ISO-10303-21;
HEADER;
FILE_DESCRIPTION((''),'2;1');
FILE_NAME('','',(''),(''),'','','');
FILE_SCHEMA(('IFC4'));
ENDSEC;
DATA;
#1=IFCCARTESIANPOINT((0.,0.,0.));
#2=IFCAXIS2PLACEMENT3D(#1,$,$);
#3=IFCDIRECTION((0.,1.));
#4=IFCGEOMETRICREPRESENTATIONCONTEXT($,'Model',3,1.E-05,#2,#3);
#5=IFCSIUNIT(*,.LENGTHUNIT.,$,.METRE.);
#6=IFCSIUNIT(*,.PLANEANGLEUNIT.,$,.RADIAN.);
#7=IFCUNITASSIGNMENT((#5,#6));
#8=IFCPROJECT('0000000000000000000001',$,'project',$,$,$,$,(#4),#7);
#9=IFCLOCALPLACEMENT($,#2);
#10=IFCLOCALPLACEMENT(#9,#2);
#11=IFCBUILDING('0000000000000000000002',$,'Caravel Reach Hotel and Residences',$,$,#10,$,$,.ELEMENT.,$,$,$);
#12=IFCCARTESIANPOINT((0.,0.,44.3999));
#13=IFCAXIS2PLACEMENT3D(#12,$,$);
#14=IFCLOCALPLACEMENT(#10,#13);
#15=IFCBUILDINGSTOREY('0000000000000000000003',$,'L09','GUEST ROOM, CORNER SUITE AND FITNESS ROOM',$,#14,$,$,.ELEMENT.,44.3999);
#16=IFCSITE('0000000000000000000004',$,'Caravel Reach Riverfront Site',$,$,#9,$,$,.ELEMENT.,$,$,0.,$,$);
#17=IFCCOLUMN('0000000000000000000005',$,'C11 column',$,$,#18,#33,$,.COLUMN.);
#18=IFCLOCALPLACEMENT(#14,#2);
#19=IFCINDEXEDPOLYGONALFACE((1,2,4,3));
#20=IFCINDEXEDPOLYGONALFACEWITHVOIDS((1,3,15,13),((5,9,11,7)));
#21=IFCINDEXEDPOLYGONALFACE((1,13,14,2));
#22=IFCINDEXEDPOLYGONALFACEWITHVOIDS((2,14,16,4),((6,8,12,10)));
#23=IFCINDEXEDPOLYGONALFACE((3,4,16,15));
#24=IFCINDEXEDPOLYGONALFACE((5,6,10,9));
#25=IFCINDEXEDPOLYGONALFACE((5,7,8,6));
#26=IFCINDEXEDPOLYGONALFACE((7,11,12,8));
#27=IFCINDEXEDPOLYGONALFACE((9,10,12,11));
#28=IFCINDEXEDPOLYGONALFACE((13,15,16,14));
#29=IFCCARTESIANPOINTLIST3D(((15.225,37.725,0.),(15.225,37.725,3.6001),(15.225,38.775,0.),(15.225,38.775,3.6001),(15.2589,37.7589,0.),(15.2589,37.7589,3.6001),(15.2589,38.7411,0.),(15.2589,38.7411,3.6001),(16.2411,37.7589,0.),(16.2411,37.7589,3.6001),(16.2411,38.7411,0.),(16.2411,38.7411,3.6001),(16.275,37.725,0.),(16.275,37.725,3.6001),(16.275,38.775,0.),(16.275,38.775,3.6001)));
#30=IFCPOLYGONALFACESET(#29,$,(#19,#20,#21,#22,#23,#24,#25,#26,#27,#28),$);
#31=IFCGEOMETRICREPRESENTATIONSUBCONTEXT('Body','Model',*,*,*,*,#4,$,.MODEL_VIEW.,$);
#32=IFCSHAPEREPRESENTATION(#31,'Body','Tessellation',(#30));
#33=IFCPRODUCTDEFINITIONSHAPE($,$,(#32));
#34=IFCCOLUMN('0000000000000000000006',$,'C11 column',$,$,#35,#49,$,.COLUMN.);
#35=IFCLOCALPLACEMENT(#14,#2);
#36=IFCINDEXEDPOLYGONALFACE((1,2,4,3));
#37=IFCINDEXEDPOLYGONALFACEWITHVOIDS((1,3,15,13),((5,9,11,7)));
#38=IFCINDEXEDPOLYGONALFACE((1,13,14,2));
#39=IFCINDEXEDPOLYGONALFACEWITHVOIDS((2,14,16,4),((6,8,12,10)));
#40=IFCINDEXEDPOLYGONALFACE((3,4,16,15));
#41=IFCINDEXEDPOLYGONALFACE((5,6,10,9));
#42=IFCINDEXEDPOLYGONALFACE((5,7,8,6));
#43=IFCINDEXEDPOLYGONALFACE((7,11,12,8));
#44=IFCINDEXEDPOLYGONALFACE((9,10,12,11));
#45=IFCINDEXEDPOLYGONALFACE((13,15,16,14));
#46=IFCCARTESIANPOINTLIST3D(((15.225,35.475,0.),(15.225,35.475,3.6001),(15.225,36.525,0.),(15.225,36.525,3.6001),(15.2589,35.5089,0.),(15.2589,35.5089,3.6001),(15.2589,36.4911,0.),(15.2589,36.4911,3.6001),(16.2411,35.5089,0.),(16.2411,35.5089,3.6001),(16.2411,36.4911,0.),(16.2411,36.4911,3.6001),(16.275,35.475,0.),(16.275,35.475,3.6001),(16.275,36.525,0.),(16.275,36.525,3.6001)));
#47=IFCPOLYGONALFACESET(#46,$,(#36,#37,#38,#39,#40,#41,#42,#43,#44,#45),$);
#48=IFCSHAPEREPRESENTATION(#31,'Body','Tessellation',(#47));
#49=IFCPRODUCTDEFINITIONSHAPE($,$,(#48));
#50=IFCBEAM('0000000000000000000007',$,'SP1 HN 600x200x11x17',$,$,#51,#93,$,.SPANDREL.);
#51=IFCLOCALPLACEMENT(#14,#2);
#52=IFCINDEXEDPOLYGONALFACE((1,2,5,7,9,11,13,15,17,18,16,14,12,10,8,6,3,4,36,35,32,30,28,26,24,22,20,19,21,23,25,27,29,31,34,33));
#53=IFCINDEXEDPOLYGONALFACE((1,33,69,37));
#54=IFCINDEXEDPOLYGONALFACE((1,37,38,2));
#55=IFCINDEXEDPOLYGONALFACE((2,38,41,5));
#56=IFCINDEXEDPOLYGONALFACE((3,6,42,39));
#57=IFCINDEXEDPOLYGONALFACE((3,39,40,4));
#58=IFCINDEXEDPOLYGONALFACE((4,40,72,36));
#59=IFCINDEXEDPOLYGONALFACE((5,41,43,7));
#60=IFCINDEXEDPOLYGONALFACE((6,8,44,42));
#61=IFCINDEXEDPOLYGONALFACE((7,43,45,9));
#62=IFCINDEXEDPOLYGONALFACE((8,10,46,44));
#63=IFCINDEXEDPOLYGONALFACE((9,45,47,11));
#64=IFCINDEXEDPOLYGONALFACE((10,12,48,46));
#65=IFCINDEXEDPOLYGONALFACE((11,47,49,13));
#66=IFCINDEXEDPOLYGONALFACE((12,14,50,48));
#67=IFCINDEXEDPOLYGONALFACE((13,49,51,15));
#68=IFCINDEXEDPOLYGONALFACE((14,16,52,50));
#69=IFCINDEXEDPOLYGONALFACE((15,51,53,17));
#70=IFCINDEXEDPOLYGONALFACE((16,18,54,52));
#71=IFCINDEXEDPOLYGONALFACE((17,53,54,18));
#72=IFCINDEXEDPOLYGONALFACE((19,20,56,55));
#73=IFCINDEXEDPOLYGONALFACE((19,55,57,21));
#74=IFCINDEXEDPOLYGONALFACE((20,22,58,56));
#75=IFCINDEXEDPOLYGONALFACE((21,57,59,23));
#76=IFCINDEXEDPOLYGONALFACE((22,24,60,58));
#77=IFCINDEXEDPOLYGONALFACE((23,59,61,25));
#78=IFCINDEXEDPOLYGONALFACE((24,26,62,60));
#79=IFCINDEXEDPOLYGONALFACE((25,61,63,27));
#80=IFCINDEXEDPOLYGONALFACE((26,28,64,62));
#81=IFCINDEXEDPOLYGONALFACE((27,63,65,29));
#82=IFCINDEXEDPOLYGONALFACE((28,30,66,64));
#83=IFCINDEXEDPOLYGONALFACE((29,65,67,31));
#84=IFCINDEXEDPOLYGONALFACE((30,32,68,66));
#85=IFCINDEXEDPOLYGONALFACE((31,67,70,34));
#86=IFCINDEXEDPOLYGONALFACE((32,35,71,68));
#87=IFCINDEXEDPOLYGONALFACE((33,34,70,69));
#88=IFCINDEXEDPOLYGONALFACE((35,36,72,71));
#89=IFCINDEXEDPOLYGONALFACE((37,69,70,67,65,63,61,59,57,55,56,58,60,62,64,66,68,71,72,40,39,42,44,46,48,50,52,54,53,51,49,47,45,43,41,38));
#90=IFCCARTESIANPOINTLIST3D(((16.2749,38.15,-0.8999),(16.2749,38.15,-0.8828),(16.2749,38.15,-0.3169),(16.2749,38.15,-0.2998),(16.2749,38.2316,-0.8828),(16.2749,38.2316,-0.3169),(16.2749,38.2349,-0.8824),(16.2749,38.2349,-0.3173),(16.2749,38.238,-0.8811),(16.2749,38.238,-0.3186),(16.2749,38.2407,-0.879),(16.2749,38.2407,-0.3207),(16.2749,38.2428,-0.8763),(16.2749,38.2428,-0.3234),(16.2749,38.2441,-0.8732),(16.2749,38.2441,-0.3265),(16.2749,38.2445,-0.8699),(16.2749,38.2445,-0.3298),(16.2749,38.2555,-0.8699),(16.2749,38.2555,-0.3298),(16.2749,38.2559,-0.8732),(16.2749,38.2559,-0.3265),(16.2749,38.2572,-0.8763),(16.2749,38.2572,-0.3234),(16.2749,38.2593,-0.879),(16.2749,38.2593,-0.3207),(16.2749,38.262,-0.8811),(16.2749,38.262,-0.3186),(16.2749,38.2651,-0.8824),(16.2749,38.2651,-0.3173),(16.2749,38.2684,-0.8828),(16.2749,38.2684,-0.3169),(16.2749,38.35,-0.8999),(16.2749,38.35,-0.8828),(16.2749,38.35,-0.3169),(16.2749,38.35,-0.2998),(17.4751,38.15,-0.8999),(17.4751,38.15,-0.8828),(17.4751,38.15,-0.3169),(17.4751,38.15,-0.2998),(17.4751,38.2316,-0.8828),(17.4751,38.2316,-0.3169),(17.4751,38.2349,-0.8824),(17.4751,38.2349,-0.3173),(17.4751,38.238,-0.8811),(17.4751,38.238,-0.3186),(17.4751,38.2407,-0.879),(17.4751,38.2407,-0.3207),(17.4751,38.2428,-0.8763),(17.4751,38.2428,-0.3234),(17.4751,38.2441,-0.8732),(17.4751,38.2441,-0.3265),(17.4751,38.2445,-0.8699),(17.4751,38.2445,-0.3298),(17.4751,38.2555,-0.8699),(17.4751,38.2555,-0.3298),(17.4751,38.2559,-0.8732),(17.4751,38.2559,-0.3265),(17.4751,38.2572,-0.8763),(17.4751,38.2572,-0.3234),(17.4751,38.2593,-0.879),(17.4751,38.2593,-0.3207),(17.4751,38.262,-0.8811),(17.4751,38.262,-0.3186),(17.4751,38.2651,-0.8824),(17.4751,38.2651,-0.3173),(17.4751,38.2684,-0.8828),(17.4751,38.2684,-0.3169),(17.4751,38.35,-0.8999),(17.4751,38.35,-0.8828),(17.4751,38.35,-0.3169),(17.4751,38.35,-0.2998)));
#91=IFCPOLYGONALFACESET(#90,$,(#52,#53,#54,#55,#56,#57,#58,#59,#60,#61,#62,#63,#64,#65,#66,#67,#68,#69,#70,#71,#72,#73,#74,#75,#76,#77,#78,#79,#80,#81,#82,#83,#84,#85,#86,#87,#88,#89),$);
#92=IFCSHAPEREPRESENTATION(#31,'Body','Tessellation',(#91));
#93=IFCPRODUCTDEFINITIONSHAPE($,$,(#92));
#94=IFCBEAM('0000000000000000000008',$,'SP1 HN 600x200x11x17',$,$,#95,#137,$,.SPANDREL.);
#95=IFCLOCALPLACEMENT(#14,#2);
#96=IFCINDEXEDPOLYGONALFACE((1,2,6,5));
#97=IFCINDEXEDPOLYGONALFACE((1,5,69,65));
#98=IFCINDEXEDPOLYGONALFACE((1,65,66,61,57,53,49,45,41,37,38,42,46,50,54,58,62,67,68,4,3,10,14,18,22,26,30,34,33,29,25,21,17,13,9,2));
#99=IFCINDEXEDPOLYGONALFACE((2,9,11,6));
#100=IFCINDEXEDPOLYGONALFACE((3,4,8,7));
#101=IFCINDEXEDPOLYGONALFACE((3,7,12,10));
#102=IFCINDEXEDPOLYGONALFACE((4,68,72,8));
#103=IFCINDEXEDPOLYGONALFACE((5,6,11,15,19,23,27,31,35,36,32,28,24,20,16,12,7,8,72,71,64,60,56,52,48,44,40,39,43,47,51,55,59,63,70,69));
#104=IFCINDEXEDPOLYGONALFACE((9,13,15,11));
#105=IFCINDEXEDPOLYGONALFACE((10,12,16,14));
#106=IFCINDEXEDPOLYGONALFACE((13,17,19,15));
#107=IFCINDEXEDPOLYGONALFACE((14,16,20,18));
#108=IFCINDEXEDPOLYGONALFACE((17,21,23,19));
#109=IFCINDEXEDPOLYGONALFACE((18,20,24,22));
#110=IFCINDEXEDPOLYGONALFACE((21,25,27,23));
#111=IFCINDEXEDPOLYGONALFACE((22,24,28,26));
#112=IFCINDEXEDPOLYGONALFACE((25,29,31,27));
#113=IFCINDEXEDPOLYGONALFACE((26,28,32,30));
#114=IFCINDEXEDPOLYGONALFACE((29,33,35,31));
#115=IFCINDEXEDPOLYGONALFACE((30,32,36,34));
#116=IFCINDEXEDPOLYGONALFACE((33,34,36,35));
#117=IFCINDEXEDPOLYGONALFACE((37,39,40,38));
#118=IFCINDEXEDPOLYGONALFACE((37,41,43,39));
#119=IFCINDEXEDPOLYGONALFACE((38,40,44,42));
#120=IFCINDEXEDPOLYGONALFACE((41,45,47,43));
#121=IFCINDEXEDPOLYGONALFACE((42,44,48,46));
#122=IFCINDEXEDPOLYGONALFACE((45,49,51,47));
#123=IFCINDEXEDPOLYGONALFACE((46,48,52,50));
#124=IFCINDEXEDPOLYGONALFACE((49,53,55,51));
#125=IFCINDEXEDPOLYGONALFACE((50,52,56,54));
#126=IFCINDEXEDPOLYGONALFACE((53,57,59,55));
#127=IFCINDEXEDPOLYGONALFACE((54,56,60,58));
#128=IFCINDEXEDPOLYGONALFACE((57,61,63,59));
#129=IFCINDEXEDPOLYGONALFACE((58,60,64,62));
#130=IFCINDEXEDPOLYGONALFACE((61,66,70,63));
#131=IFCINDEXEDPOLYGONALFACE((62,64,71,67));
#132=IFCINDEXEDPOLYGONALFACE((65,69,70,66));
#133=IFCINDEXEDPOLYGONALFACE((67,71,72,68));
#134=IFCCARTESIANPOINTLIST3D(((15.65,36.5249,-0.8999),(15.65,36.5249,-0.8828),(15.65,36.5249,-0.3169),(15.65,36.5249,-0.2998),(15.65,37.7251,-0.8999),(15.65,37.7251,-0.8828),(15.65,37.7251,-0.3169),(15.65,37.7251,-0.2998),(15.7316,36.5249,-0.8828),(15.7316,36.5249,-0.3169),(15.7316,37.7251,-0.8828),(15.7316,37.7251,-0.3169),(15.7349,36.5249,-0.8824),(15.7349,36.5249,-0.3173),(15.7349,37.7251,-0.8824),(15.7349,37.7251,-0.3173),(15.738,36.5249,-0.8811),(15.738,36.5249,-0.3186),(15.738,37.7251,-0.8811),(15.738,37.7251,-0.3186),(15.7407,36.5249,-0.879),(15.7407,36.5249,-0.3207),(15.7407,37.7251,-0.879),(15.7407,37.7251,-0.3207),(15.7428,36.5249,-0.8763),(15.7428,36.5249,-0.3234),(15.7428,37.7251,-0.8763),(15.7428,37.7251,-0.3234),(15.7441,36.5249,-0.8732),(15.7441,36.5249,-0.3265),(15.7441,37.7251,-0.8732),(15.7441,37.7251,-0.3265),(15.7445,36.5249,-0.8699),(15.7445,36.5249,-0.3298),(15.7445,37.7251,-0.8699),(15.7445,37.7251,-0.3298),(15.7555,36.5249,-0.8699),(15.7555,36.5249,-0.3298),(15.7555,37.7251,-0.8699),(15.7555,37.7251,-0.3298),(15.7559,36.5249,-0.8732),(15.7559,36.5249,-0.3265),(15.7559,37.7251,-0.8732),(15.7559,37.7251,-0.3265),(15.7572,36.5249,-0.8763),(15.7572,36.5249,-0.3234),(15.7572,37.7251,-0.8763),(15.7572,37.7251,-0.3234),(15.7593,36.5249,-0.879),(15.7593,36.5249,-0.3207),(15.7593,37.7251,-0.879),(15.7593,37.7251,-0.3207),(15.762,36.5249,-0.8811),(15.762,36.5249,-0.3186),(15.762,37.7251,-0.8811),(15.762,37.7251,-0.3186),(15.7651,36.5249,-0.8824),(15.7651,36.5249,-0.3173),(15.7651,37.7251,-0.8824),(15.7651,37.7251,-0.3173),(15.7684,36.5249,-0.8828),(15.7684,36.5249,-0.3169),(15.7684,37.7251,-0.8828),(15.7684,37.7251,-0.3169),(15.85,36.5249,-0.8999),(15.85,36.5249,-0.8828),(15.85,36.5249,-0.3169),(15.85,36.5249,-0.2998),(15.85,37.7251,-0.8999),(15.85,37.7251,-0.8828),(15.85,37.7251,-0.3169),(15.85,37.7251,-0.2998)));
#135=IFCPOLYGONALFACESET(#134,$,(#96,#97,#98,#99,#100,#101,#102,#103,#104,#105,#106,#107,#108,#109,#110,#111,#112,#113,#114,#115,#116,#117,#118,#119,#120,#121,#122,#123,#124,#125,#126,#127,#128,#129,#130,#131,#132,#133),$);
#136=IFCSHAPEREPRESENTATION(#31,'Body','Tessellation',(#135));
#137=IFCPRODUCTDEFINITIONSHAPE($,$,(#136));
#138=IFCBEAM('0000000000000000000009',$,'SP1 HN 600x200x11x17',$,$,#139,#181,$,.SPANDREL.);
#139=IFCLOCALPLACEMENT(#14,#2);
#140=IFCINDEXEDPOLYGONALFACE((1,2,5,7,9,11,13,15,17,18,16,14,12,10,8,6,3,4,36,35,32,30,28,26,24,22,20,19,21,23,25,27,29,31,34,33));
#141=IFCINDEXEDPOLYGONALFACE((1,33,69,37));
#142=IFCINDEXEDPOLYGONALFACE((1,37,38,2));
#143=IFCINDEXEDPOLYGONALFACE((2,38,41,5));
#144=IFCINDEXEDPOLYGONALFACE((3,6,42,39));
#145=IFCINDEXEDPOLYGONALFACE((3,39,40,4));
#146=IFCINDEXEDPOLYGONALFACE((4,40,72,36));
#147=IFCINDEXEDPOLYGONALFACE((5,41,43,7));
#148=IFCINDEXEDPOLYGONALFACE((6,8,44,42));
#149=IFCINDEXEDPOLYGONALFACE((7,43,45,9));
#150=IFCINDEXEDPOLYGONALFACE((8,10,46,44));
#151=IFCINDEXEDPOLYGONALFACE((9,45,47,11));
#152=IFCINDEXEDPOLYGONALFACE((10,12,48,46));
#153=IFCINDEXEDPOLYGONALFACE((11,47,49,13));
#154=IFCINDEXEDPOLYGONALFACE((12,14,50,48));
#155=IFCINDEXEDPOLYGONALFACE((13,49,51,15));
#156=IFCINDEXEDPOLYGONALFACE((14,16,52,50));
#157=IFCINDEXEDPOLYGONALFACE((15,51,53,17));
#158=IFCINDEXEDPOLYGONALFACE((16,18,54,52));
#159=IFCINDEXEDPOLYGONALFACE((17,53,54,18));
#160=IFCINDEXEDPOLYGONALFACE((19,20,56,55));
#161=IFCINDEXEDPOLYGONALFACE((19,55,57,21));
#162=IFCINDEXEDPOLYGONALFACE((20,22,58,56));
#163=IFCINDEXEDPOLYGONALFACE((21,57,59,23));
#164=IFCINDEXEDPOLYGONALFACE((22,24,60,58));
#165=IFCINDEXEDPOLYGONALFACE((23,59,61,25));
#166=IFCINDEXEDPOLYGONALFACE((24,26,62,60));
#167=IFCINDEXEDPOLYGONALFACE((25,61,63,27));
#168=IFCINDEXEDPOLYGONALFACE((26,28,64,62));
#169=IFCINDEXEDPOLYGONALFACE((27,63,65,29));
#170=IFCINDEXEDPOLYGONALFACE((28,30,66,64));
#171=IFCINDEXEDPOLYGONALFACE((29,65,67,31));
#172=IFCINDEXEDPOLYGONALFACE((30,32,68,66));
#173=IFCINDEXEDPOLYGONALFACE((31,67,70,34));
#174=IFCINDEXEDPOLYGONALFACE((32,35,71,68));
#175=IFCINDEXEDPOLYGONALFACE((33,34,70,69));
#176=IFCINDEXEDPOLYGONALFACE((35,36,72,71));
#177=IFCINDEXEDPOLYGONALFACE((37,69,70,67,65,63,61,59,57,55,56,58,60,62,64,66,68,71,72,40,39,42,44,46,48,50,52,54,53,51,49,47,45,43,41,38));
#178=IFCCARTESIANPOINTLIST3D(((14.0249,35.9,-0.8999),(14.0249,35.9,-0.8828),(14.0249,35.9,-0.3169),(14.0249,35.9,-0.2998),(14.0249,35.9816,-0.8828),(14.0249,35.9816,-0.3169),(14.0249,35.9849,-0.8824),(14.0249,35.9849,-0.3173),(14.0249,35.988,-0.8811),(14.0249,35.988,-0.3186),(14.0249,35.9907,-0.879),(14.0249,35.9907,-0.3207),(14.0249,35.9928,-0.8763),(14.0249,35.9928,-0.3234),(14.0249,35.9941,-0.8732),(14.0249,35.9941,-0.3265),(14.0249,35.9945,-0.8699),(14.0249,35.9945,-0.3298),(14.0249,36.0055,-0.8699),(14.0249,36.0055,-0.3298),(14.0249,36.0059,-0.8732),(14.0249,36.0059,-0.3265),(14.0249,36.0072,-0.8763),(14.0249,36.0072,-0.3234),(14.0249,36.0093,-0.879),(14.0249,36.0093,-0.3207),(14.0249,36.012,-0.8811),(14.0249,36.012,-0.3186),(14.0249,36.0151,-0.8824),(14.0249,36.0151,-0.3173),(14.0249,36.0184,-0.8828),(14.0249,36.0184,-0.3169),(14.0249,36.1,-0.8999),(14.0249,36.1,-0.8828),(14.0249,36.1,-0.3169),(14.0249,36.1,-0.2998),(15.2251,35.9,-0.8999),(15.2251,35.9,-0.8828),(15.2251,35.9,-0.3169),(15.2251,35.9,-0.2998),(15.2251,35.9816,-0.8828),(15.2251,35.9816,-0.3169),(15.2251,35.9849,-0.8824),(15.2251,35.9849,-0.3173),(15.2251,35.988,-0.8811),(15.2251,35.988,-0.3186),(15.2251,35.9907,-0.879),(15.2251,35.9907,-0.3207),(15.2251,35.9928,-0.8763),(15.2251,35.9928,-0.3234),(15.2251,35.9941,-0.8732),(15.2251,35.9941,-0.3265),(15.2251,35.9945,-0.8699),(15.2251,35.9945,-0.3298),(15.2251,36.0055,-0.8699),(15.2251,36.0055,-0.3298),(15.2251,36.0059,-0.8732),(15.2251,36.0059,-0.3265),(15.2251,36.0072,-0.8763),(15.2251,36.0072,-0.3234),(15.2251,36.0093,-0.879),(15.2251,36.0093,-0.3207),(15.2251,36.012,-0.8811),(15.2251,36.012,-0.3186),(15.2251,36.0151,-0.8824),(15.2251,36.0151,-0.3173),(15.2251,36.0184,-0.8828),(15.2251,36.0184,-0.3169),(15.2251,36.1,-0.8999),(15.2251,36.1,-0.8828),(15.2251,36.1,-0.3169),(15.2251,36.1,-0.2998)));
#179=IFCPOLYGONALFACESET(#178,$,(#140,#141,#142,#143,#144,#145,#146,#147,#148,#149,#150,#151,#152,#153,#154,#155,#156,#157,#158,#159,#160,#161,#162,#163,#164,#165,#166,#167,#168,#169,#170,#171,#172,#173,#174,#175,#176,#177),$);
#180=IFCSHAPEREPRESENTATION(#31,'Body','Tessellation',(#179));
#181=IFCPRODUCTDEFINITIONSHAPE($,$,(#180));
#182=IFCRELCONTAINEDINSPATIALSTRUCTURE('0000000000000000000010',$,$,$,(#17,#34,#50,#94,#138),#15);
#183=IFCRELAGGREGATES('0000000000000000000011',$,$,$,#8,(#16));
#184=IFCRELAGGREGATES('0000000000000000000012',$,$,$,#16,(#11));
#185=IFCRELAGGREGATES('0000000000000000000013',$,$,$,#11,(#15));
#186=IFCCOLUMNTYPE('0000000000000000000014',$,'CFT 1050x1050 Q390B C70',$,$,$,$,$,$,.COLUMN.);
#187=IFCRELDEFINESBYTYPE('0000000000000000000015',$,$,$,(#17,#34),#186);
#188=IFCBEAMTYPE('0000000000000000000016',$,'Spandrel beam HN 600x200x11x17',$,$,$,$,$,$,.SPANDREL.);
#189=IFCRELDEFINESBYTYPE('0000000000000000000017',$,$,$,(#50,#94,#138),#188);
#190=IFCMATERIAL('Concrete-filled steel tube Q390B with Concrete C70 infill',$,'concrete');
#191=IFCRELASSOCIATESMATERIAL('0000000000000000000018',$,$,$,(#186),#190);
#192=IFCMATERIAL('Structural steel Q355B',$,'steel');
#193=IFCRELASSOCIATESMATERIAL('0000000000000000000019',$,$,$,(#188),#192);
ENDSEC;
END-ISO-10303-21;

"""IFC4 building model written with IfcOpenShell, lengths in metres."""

from ifc_helpers import new_model, si_unit, direction, frame, origin, origin_2d, place, context, subcontext, project, spatial, hollow_rectangle, i_section, extrude, material, material_profile, profile_set, type_object, element, save


model = new_model("IFC4")

# Units and contexts
model_context = context("Model", 3, precision=1e-05, world=origin(), true_north=direction((0.0, 1.0)))
body_context = subcontext(model_context, "Body", "Model", "MODEL_VIEW")
ifc_project = project(units=[si_unit("LENGTHUNIT", "METRE"), si_unit("PLANEANGLEUNIT", "RADIAN")], contexts=[model_context])

# Site, building, storey
site_placement = place(None, origin())
site = spatial("IfcSite", under=ifc_project, at=site_placement, Name="Caravel Reach Riverfront Site", CompositionType="ELEMENT", RefElevation=0.0)
building_placement = place(site_placement, origin())
building = spatial("IfcBuilding", under=site, at=building_placement, Name="Caravel Reach Hotel and Residences", CompositionType="ELEMENT")
storey_placement = place(building_placement, frame((0.0, 0.0, 44.3999)))
storey = spatial("IfcBuildingStorey", under=building, at=storey_placement, Name="L09", Description="GUEST ROOM, CORNER SUITE AND FITNESS ROOM", CompositionType="ELEMENT", Elevation=44.3999)

# Columns
ifc_material_1 = material(Name="Concrete-filled steel tube Q390B with Concrete C70 infill", Category="concrete")
ifc_material_profile_1 = material_profile(ifc_material_1, hollow_rectangle(XDim=1.05, YDim=1.05, WallThickness=0.0339, at=origin_2d()), Name="RHS 1050x1050x34")
ifc_profile_set_1 = profile_set([ifc_material_profile_1], Name="Concrete-filled steel tube Q390B with Concrete C70 infill")
column_type = type_object("IfcColumnType", Name="CFT 1050x1050 Q390B C70", PredefinedType="COLUMN", material=ifc_profile_set_1)
for number, where, z_axis, x_axis, name in (
    (1, (15.75, 38.25, 0.0), (0.0, 0.0, 1.0), (1.0, 0.0, 0.0), "C11 column"),
    (2, (15.75, 36.0, 0.0), (0.0, 0.0, 1.0), (1.0, 0.0, 0.0), "C11 column"),
):
    element("IfcColumn", number, at=place(storey_placement, frame(where, z_axis=z_axis, x_axis=x_axis)), inside=storey, type_object=column_type, Name=name, PredefinedType="COLUMN", context=body_context, shape_type="SweptSolid", body=[
        extrude(hollow_rectangle(XDim=1.05, YDim=1.05, WallThickness=0.0339, at=origin_2d()), origin(), (0.0, 0.0, 1.0), 3.6001),
    ])

# Beams
ifc_material_2 = material(Name="Structural steel Q355B", Category="steel")
ifc_material_profile_2 = material_profile(ifc_material_2, i_section(OverallWidth=0.2, OverallDepth=0.6001, WebThickness=0.011, FlangeThickness=0.0171, FilletRadius=0.0129, at=origin_2d()), Name="HN 600x200x11x17")
ifc_profile_set_2 = profile_set([ifc_material_profile_2], Name="Structural steel Q355B")
beam_type = type_object("IfcBeamType", Name="Spandrel beam HN 600x200x11x17", PredefinedType="SPANDREL", material=ifc_profile_set_2)
for number, where, z_axis, x_axis, name in (
    (3, (17.4751, 38.25, -0.5999), (-1.0, 0.0, 0.0), (0.0, -1.0, 0.0), "SP1 HN 600x200x11x17"),
    (4, (15.75, 37.7251, -0.5999), (0.0, -1.0, 0.0), (1.0, 0.0, 0.0), "SP1 HN 600x200x11x17"),
    (5, (15.2251, 36.0, -0.5999), (-1.0, 0.0, 0.0), (0.0, -1.0, 0.0), "SP1 HN 600x200x11x17"),
):
    element("IfcBeam", number, at=place(storey_placement, frame(where, z_axis=z_axis, x_axis=x_axis)), inside=storey, type_object=beam_type, Name=name, PredefinedType="SPANDREL", context=body_context, shape_type="SweptSolid", body=[
        extrude(i_section(OverallWidth=0.2, OverallDepth=0.6001, WebThickness=0.011, FlangeThickness=0.0171, FilletRadius=0.0129, at=origin_2d()), origin(), (0.0, 0.0, 1.0), 1.2002),
    ])

save(model, "model.ifc")
